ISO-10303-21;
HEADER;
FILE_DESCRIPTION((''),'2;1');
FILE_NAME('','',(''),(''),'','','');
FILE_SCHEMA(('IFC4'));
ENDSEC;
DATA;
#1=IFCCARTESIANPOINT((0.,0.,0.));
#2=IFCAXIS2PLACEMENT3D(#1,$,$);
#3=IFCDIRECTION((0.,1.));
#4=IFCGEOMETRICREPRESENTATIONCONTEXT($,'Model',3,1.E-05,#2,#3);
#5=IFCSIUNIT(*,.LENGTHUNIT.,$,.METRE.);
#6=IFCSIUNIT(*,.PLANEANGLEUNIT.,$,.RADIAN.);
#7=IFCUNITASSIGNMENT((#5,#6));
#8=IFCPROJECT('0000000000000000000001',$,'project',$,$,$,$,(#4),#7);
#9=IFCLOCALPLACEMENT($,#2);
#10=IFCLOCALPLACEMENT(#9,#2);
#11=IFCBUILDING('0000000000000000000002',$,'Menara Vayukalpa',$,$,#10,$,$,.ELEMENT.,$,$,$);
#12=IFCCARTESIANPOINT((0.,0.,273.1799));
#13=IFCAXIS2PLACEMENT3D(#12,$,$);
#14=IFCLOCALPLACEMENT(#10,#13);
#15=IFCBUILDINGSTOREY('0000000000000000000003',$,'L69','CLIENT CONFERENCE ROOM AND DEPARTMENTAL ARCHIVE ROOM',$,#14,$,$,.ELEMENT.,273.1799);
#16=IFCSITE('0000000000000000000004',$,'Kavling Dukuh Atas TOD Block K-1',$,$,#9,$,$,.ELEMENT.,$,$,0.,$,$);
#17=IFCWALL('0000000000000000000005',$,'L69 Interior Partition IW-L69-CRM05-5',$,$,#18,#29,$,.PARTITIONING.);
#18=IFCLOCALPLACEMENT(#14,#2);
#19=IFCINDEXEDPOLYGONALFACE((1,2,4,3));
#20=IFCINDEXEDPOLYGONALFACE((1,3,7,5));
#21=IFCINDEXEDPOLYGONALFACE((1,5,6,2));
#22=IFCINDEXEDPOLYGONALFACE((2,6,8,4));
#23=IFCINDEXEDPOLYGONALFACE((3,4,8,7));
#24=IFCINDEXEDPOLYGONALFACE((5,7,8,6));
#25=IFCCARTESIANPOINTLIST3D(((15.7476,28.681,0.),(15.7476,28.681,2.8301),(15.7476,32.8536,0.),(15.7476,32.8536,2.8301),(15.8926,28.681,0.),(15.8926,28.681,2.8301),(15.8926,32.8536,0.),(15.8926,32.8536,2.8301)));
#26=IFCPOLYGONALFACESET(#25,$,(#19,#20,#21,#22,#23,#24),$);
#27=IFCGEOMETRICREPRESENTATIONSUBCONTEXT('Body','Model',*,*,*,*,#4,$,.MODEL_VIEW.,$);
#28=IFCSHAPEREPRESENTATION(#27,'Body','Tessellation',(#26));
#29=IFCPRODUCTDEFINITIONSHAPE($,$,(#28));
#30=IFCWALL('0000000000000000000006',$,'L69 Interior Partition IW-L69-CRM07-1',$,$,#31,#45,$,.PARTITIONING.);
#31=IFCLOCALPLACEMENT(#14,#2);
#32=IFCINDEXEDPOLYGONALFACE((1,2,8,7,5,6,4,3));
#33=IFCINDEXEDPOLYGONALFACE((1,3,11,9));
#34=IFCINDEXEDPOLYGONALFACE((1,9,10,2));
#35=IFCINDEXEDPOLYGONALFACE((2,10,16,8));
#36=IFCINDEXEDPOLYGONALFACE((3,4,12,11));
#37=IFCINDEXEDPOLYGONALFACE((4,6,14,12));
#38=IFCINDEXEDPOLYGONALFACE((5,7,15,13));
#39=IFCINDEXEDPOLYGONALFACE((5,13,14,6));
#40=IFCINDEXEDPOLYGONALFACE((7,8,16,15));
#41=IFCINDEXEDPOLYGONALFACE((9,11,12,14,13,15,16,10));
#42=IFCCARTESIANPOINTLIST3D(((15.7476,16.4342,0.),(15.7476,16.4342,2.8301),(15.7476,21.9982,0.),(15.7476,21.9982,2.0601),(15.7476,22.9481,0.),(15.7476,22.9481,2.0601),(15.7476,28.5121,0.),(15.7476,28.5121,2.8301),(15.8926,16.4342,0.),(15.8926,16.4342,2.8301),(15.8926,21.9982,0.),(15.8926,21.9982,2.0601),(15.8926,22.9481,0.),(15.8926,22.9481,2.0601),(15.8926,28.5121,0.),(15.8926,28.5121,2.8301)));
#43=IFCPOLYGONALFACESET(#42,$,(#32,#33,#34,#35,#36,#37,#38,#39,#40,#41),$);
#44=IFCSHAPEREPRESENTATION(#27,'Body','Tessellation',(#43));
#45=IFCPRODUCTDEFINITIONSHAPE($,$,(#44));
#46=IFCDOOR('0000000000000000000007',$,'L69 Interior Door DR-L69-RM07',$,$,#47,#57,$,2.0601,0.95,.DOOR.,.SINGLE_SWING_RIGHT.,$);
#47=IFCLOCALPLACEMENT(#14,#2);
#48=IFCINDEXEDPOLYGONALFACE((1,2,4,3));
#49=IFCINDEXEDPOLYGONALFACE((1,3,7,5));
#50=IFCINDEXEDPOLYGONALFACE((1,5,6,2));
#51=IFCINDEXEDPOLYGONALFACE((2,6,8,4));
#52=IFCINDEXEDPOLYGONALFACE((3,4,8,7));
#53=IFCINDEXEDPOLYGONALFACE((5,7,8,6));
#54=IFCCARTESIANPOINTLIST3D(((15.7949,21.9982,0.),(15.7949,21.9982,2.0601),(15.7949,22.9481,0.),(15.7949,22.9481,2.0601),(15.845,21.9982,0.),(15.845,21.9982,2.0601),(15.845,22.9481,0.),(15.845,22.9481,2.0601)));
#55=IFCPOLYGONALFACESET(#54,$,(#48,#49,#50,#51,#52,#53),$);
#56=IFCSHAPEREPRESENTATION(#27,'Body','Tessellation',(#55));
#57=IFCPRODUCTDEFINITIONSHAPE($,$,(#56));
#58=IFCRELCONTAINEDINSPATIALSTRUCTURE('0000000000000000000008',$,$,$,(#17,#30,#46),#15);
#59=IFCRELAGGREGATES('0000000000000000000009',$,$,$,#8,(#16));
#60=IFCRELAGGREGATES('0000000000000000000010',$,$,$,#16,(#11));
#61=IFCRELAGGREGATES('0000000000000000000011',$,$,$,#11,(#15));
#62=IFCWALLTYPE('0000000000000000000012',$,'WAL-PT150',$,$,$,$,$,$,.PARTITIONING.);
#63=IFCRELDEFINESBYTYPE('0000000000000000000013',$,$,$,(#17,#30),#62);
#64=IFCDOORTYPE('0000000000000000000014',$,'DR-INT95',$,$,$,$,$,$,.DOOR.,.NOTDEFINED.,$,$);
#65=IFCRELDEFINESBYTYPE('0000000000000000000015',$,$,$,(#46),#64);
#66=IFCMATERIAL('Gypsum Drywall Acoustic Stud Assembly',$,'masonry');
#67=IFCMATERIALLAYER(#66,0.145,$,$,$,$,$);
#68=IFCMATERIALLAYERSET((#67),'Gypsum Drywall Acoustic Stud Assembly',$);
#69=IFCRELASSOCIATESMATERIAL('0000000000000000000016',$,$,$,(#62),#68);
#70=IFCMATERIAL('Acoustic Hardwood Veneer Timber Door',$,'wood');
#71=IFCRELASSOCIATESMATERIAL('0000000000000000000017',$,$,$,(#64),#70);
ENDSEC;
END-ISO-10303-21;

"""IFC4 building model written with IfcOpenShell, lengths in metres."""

from ifc_helpers import new_model, si_unit, direction, frame, frame_2d, origin, place, context, subcontext, project, spatial, rectangle, extrude, material, layer, layer_set, type_object, element, fill, save


model = new_model("IFC4")

# Units and contexts
model_context = context("Model", 3, precision=1e-05, world=origin(), true_north=direction((0.0, 1.0)))
body_context = subcontext(model_context, "Body", "Model", "MODEL_VIEW")
ifc_project = project(units=[si_unit("LENGTHUNIT", "METRE"), si_unit("PLANEANGLEUNIT", "RADIAN")], contexts=[model_context])

# Site, building, storey
site_placement = place(None, origin())
site = spatial("IfcSite", under=ifc_project, at=site_placement, Name="Kavling Dukuh Atas TOD Block K-1", CompositionType="ELEMENT", RefElevation=0.0)
building_placement = place(site_placement, origin())
building = spatial("IfcBuilding", under=site, at=building_placement, Name="Menara Vayukalpa", CompositionType="ELEMENT")
storey_placement = place(building_placement, frame((0.0, 0.0, 273.1799)))
storey = spatial("IfcBuildingStorey", under=building, at=storey_placement, Name="L69", Description="CLIENT CONFERENCE ROOM AND DEPARTMENTAL ARCHIVE ROOM", CompositionType="ELEMENT", Elevation=273.1799)

# Shared definitions
ifc_material_1 = material(Name="Gypsum Drywall Acoustic Stud Assembly", Category="masonry")
ifc_layer_1 = layer(ifc_material_1, 0.145)
ifc_layer_set_1 = layer_set([ifc_layer_1], Name="Gypsum Drywall Acoustic Stud Assembly")
wall_type_1 = type_object("IfcWallType", Name="WAL-PT150", PredefinedType="PARTITIONING", material=ifc_layer_set_1)
ifc_material_2 = material(Name="Acoustic Hardwood Veneer Timber Door", Category="wood")
door_type_1 = type_object("IfcDoorType", Name="DR-INT95", OperationType="NOTDEFINED", PredefinedType="DOOR", material=ifc_material_2)

# Wall
wall_1_placement = place(storey_placement, frame((15.8201, 32.8538, 0.0), z_axis=(0.0, 0.0, 1.0), x_axis=(0.0, -1.0, 0.0)))
element("IfcWall", 1, at=wall_1_placement, inside=storey, type_object=wall_type_1, Name="L69 Interior Partition IW-L69-CRM05-5", PredefinedType="PARTITIONING", context=body_context, shape_type="SweptSolid", body=[
    extrude(rectangle(XDim=4.1726, YDim=0.145, at=frame_2d((2.0864, 0.0))), origin(), (0.0, 0.0, 1.0), 2.8301),
])

# Wall, opening, door
wall_2_placement = place(storey_placement, frame((15.8201, 28.5122, 0.0), z_axis=(0.0, 0.0, 1.0), x_axis=(0.0, -1.0, 0.0)))
wall_2 = element("IfcWall", 2, at=wall_2_placement, inside=storey, type_object=wall_type_1, Name="L69 Interior Partition IW-L69-CRM07-1", PredefinedType="PARTITIONING", context=body_context, shape_type="SweptSolid", body=[
    extrude(rectangle(XDim=12.0779, YDim=0.145, at=frame_2d((6.0391, 0.0))), origin(), (0.0, 0.0, 1.0), 2.8301),
])
opening_1_placement = place(wall_2_placement, frame((5.564, 0.0, 0.0)))
opening_1 = element("IfcOpeningElement", 3, at=opening_1_placement, cuts=wall_2, PredefinedType="OPENING", context=body_context, shape_type="SweptSolid", body=[
    extrude(rectangle(XDim=0.95, YDim=2.0601, at=frame_2d((0.4751, 1.03))), frame((0.0, 0.0825, 0.0), z_axis=(0.0, -1.0, 0.0), x_axis=(1.0, 0.0, 0.0)), (0.0, 0.0, 1.0), 0.165),
])
door_1_placement = place(opening_1_placement, origin())
door_1 = element("IfcDoor", 4, at=door_1_placement, inside=storey, type_object=door_type_1, Name="L69 Interior Door DR-L69-RM07", OperationType="SINGLE_SWING_RIGHT", OverallHeight=2.0601, OverallWidth=0.95, PredefinedType="DOOR", context=body_context, shape_type="SweptSolid", body=[
    extrude(rectangle(XDim=0.95, YDim=2.0601, at=frame_2d((0.4751, 1.03))), frame((0.0, 0.0249, 0.0), z_axis=(0.0, -1.0, 0.0), x_axis=(1.0, 0.0, 0.0)), (0.0, 0.0, 1.0), 0.05),
])
fill(opening_1, door_1)

save(model, "model.ifc")
